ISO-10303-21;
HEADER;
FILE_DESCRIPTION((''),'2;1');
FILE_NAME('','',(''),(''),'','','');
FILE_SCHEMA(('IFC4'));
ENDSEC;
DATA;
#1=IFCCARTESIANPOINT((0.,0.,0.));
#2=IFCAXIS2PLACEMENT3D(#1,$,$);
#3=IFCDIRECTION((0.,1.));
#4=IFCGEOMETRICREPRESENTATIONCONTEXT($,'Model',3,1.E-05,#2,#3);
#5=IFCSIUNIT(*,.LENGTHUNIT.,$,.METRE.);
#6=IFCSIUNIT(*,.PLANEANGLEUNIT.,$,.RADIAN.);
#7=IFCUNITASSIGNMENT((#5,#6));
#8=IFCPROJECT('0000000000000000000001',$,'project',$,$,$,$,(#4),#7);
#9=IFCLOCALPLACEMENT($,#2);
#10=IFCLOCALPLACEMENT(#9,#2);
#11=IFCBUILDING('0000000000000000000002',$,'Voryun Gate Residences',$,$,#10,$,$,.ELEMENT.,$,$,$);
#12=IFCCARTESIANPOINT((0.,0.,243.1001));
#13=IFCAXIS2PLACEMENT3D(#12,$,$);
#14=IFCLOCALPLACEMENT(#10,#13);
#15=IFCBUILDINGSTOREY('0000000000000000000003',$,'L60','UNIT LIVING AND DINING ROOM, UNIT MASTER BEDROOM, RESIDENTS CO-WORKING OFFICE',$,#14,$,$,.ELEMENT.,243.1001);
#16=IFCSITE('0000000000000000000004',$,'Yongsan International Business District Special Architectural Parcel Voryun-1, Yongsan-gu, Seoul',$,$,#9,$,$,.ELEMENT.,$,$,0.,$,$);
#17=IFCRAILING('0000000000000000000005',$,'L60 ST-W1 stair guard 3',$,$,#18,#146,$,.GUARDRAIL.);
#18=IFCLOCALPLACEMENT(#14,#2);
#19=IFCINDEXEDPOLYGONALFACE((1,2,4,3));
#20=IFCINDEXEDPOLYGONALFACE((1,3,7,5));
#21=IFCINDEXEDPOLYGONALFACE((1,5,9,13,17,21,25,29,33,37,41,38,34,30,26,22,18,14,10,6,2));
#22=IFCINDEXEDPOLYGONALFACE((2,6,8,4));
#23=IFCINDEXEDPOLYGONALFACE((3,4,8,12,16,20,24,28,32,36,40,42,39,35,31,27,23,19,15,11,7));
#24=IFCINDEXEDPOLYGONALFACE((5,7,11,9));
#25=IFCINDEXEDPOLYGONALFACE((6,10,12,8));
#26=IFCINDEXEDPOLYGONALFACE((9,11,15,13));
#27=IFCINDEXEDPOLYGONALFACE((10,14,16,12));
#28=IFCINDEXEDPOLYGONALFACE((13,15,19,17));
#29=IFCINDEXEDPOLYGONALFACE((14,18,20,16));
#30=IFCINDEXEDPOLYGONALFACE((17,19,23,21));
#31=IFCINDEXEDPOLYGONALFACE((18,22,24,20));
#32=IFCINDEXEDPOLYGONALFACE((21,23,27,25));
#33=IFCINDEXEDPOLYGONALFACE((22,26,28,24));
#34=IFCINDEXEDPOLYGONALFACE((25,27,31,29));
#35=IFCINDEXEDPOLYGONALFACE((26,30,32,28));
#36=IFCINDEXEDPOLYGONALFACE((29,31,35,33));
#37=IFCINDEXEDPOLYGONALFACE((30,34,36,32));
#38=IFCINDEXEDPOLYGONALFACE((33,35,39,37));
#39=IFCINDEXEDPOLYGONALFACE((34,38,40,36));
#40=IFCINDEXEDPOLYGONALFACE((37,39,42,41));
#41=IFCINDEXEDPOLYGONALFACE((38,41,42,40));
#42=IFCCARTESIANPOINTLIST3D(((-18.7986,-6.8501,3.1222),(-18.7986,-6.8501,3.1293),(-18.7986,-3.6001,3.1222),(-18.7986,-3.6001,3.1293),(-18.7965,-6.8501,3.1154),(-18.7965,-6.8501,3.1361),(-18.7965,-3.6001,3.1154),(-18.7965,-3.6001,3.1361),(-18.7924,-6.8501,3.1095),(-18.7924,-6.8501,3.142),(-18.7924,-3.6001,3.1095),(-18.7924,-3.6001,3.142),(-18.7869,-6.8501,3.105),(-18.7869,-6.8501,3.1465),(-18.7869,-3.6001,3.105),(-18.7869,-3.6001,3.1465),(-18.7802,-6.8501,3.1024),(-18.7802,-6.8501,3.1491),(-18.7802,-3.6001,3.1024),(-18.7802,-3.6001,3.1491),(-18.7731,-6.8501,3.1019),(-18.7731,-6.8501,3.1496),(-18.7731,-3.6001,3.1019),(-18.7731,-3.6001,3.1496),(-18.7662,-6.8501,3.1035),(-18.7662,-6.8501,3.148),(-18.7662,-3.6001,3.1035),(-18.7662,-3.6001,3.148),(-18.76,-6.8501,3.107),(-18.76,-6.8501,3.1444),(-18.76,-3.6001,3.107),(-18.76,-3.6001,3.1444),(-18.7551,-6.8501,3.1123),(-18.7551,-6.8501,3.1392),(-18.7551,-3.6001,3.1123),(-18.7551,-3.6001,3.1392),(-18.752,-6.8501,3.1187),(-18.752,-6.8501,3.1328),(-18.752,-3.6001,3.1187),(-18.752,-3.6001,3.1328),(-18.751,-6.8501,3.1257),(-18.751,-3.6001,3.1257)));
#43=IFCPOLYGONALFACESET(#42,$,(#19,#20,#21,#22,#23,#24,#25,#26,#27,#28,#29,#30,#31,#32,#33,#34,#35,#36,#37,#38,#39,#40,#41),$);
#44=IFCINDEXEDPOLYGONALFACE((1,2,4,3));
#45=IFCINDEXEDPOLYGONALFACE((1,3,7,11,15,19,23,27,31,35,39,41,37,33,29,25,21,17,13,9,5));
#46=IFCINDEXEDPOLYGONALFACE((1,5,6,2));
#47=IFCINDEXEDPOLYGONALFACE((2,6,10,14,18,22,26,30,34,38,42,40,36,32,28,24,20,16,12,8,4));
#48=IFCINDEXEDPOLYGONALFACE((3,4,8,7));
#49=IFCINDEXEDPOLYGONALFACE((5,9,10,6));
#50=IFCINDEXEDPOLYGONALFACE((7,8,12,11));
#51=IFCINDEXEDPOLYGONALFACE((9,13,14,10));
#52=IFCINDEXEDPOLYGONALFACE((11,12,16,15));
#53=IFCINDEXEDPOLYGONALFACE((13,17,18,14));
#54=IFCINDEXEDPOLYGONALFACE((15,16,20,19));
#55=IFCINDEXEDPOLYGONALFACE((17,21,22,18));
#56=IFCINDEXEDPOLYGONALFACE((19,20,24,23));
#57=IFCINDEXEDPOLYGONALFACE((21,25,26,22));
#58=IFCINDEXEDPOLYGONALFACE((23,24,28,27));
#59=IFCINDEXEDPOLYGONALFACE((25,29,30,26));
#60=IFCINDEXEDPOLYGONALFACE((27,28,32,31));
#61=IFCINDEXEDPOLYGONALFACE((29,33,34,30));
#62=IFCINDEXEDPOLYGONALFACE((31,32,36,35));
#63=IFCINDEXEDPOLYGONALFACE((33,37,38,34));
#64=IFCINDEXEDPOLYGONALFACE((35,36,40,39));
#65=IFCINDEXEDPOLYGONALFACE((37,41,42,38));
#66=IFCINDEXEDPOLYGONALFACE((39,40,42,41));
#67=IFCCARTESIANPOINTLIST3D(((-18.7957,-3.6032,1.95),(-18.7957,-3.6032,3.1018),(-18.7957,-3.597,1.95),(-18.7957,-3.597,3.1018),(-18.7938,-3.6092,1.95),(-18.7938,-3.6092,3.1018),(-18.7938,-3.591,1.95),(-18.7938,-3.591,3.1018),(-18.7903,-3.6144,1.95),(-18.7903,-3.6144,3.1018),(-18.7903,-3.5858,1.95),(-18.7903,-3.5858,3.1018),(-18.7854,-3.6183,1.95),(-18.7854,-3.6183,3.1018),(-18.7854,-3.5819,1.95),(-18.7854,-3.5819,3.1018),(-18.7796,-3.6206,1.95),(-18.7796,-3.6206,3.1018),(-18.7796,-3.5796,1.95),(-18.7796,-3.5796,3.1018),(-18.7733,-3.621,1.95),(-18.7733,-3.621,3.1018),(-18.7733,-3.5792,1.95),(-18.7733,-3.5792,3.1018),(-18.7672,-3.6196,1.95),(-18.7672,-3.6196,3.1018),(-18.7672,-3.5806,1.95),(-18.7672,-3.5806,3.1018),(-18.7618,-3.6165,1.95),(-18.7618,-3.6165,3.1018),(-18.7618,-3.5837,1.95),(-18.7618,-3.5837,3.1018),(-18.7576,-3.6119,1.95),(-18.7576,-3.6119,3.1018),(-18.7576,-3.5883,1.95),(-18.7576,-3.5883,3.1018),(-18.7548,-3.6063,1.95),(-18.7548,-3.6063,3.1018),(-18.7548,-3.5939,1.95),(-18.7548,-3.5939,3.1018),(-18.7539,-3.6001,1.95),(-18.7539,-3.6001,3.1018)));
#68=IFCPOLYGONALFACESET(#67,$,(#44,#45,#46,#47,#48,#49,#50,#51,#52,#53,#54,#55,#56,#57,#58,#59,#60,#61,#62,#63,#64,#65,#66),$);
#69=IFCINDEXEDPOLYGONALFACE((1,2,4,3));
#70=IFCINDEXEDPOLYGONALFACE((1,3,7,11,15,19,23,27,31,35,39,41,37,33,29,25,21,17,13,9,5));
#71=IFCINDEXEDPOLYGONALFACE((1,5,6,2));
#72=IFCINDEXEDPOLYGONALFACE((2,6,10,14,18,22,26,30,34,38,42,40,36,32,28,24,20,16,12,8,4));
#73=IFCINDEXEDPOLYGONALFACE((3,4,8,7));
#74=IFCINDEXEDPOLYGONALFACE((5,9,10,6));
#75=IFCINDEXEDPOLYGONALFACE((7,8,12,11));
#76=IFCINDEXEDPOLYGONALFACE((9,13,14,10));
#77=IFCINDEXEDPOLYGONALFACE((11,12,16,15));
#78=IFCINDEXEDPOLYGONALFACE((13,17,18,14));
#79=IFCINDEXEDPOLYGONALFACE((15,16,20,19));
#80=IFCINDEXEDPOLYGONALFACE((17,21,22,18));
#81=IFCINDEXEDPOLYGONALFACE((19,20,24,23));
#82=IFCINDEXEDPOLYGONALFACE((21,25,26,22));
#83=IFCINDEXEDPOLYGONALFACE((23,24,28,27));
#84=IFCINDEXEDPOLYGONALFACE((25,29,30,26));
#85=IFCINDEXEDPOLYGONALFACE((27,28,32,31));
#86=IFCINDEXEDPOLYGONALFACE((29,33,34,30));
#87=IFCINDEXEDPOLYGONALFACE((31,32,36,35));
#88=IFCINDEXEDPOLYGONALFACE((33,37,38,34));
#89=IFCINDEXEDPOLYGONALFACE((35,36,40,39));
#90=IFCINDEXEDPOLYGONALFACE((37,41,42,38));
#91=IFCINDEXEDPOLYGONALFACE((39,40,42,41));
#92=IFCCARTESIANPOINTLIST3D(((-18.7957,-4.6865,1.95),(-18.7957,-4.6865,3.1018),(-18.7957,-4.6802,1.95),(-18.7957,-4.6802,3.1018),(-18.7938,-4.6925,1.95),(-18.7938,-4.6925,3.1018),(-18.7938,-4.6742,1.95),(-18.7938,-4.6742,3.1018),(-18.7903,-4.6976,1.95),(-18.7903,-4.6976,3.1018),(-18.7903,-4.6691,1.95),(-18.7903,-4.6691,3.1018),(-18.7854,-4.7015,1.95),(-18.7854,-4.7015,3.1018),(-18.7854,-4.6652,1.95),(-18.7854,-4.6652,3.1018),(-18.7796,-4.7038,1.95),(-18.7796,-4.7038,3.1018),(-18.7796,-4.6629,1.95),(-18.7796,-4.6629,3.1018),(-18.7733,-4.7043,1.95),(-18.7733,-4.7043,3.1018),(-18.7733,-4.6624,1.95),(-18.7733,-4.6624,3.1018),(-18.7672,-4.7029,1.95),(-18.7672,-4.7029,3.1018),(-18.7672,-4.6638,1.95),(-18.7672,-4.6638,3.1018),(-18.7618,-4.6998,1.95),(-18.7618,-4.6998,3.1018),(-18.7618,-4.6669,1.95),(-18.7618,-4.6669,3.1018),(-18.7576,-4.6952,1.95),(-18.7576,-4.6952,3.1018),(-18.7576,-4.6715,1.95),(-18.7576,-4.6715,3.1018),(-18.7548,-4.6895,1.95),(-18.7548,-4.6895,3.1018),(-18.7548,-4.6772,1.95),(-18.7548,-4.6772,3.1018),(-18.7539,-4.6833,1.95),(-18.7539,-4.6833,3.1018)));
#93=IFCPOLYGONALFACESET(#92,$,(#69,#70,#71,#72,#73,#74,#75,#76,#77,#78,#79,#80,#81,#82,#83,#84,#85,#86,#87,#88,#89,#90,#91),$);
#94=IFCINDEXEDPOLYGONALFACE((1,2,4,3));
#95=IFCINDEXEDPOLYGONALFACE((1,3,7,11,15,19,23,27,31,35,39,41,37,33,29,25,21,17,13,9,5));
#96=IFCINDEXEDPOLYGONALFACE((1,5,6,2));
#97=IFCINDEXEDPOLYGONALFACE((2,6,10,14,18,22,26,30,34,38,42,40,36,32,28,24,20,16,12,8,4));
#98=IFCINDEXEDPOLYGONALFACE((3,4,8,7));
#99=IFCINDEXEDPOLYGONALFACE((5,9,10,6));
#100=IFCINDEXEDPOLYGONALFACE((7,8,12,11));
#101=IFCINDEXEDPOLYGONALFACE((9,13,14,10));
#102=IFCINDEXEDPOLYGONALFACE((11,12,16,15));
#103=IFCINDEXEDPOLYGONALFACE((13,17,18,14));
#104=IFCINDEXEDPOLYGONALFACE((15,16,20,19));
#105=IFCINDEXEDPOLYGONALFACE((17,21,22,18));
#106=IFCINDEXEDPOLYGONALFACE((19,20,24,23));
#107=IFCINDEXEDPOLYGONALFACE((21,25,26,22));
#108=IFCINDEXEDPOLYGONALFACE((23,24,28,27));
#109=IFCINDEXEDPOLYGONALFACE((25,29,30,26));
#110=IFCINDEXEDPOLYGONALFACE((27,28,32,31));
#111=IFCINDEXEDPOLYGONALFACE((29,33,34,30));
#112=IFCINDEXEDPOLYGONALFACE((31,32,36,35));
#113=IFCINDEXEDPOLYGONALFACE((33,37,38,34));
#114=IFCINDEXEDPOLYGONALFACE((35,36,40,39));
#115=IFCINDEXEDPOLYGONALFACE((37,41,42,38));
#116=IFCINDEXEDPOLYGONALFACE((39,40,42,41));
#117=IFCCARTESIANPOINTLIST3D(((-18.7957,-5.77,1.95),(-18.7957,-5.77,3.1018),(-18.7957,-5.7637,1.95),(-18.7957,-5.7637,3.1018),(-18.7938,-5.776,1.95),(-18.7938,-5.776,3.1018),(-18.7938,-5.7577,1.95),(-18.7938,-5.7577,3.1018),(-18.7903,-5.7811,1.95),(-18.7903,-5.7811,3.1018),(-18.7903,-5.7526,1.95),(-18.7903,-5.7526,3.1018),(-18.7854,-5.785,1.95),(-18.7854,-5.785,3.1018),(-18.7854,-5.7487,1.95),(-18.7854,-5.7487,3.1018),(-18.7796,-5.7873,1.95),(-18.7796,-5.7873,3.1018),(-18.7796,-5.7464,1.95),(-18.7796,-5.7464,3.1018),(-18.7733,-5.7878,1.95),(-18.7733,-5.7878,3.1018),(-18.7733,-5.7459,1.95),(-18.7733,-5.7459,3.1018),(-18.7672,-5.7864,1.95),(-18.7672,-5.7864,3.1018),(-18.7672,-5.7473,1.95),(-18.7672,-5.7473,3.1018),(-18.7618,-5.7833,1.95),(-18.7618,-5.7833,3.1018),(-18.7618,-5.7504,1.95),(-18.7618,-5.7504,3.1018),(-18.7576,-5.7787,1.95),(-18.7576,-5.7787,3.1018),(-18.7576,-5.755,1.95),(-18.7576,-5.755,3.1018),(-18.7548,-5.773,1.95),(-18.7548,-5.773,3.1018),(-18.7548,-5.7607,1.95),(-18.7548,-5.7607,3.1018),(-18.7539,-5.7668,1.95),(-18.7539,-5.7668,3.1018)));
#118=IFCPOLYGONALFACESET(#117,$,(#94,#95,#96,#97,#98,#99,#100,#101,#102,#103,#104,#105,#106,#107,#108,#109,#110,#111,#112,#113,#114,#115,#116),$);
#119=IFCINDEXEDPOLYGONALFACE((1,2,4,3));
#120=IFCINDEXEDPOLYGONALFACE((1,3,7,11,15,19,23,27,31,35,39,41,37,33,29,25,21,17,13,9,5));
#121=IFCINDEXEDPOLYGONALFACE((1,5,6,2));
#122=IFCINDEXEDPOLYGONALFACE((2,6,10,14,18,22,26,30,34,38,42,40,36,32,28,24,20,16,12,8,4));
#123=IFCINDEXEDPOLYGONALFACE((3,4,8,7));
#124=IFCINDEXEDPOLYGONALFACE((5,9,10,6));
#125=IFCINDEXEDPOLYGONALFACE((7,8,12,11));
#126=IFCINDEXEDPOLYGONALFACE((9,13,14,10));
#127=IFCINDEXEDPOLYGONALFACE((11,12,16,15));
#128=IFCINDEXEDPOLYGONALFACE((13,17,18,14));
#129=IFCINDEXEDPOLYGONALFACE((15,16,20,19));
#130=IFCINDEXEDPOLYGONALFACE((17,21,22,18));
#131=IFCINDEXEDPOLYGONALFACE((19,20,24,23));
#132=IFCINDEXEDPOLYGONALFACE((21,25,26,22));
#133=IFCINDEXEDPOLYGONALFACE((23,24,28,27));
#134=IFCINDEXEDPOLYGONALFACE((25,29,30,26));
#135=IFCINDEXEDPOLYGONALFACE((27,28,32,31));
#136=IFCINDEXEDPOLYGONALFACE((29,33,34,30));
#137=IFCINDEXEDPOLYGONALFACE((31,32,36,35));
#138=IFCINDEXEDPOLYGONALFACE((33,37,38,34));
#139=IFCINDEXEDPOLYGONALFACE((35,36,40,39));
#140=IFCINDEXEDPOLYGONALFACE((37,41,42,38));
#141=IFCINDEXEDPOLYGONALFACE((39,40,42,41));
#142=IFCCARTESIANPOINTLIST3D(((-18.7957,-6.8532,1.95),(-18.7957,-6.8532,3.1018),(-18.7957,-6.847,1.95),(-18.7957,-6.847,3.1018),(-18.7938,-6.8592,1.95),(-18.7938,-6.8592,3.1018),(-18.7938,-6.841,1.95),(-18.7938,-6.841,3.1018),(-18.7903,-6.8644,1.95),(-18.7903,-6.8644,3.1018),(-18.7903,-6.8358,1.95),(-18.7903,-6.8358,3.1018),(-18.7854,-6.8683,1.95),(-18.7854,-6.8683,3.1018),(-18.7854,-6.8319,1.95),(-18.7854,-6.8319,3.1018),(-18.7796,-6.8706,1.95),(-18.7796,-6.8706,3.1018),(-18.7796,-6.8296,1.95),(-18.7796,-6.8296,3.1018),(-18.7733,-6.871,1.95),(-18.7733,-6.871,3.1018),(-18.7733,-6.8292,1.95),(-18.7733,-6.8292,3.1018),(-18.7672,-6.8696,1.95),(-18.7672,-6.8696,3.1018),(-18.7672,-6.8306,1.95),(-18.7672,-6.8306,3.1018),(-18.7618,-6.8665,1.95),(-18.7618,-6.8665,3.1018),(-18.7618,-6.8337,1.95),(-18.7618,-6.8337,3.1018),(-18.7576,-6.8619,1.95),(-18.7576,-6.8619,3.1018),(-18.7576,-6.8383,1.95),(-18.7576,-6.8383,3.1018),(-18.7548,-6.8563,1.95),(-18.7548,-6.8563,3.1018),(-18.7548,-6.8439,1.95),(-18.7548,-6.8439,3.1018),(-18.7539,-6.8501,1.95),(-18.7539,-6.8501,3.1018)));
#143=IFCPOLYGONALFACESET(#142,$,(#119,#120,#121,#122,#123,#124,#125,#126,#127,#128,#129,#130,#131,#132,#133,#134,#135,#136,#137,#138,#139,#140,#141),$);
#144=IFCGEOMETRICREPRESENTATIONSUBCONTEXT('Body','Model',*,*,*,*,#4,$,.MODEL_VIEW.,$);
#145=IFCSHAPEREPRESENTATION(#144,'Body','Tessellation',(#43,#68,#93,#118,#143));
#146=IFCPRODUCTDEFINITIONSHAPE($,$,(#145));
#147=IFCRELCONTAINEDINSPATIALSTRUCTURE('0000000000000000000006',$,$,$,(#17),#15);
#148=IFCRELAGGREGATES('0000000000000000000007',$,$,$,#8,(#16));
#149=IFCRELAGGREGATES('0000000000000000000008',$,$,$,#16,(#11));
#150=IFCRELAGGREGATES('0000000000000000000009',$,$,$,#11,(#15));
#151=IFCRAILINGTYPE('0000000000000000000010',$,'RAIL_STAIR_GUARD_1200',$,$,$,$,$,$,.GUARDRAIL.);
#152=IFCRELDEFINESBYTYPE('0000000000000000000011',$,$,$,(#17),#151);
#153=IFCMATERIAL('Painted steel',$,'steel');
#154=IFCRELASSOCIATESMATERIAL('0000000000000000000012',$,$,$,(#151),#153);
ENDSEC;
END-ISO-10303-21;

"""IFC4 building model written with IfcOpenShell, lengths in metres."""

from ifc_helpers import new_model, si_unit, direction, frame, origin, origin_2d, place, context, subcontext, project, spatial, circle, extrude, material, type_object, element, save


model = new_model("IFC4")

# Units and contexts
model_context = context("Model", 3, precision=1e-05, world=origin(), true_north=direction((0.0, 1.0)))
body_context = subcontext(model_context, "Body", "Model", "MODEL_VIEW")
ifc_project = project(units=[si_unit("LENGTHUNIT", "METRE"), si_unit("PLANEANGLEUNIT", "RADIAN")], contexts=[model_context])

# Site, building, storey
site_placement = place(None, origin())
site = spatial("IfcSite", under=ifc_project, at=site_placement, Name="Yongsan International Business District Special Architectural Parcel Voryun-1, Yongsan-gu, Seoul", CompositionType="ELEMENT", RefElevation=0.0)
building_placement = place(site_placement, origin())
building = spatial("IfcBuilding", under=site, at=building_placement, Name="Voryun Gate Residences", CompositionType="ELEMENT")
storey_placement = place(building_placement, frame((0.0, 0.0, 243.1001)))
storey = spatial("IfcBuildingStorey", under=building, at=storey_placement, Name="L60", Description="UNIT LIVING AND DINING ROOM, UNIT MASTER BEDROOM, RESIDENTS CO-WORKING OFFICE", CompositionType="ELEMENT", Elevation=243.1001)

# Railing
ifc_material_1 = material(Name="Painted steel", Category="steel")
railing_type_1 = type_object("IfcRailingType", Name="RAIL_STAIR_GUARD_1200", PredefinedType="GUARDRAIL", material=ifc_material_1)
railing_1_placement = place(storey_placement, frame((-18.7749, -3.6001, 1.95)))
element("IfcRailing", 1, at=railing_1_placement, inside=storey, type_object=railing_type_1, Name="L60 ST-W1 stair guard 3", PredefinedType="GUARDRAIL", context=body_context, shape_type="SweptSolid", body=[
    extrude(circle(Radius=0.0239, at=origin_2d()), frame((0.0, 0.0, 1.1758), z_axis=(0.0, -1.0, 0.0), x_axis=(1.0, 0.0, 0.0)), (0.0, 0.0, 1.0), 3.25),
    extrude(circle(Radius=0.021, at=origin_2d()), origin(), (0.0, 0.0, 1.0), 1.1519),
    extrude(circle(Radius=0.021, at=origin_2d()), frame((0.0, -1.0833, 0.0)), (0.0, 0.0, 1.0), 1.1519),
    extrude(circle(Radius=0.021, at=origin_2d()), frame((0.0, -2.1667, 0.0)), (0.0, 0.0, 1.0), 1.1519),
    extrude(circle(Radius=0.021, at=origin_2d()), frame((0.0, -3.25, 0.0)), (0.0, 0.0, 1.0), 1.1519),
])

save(model, "model.ifc")
